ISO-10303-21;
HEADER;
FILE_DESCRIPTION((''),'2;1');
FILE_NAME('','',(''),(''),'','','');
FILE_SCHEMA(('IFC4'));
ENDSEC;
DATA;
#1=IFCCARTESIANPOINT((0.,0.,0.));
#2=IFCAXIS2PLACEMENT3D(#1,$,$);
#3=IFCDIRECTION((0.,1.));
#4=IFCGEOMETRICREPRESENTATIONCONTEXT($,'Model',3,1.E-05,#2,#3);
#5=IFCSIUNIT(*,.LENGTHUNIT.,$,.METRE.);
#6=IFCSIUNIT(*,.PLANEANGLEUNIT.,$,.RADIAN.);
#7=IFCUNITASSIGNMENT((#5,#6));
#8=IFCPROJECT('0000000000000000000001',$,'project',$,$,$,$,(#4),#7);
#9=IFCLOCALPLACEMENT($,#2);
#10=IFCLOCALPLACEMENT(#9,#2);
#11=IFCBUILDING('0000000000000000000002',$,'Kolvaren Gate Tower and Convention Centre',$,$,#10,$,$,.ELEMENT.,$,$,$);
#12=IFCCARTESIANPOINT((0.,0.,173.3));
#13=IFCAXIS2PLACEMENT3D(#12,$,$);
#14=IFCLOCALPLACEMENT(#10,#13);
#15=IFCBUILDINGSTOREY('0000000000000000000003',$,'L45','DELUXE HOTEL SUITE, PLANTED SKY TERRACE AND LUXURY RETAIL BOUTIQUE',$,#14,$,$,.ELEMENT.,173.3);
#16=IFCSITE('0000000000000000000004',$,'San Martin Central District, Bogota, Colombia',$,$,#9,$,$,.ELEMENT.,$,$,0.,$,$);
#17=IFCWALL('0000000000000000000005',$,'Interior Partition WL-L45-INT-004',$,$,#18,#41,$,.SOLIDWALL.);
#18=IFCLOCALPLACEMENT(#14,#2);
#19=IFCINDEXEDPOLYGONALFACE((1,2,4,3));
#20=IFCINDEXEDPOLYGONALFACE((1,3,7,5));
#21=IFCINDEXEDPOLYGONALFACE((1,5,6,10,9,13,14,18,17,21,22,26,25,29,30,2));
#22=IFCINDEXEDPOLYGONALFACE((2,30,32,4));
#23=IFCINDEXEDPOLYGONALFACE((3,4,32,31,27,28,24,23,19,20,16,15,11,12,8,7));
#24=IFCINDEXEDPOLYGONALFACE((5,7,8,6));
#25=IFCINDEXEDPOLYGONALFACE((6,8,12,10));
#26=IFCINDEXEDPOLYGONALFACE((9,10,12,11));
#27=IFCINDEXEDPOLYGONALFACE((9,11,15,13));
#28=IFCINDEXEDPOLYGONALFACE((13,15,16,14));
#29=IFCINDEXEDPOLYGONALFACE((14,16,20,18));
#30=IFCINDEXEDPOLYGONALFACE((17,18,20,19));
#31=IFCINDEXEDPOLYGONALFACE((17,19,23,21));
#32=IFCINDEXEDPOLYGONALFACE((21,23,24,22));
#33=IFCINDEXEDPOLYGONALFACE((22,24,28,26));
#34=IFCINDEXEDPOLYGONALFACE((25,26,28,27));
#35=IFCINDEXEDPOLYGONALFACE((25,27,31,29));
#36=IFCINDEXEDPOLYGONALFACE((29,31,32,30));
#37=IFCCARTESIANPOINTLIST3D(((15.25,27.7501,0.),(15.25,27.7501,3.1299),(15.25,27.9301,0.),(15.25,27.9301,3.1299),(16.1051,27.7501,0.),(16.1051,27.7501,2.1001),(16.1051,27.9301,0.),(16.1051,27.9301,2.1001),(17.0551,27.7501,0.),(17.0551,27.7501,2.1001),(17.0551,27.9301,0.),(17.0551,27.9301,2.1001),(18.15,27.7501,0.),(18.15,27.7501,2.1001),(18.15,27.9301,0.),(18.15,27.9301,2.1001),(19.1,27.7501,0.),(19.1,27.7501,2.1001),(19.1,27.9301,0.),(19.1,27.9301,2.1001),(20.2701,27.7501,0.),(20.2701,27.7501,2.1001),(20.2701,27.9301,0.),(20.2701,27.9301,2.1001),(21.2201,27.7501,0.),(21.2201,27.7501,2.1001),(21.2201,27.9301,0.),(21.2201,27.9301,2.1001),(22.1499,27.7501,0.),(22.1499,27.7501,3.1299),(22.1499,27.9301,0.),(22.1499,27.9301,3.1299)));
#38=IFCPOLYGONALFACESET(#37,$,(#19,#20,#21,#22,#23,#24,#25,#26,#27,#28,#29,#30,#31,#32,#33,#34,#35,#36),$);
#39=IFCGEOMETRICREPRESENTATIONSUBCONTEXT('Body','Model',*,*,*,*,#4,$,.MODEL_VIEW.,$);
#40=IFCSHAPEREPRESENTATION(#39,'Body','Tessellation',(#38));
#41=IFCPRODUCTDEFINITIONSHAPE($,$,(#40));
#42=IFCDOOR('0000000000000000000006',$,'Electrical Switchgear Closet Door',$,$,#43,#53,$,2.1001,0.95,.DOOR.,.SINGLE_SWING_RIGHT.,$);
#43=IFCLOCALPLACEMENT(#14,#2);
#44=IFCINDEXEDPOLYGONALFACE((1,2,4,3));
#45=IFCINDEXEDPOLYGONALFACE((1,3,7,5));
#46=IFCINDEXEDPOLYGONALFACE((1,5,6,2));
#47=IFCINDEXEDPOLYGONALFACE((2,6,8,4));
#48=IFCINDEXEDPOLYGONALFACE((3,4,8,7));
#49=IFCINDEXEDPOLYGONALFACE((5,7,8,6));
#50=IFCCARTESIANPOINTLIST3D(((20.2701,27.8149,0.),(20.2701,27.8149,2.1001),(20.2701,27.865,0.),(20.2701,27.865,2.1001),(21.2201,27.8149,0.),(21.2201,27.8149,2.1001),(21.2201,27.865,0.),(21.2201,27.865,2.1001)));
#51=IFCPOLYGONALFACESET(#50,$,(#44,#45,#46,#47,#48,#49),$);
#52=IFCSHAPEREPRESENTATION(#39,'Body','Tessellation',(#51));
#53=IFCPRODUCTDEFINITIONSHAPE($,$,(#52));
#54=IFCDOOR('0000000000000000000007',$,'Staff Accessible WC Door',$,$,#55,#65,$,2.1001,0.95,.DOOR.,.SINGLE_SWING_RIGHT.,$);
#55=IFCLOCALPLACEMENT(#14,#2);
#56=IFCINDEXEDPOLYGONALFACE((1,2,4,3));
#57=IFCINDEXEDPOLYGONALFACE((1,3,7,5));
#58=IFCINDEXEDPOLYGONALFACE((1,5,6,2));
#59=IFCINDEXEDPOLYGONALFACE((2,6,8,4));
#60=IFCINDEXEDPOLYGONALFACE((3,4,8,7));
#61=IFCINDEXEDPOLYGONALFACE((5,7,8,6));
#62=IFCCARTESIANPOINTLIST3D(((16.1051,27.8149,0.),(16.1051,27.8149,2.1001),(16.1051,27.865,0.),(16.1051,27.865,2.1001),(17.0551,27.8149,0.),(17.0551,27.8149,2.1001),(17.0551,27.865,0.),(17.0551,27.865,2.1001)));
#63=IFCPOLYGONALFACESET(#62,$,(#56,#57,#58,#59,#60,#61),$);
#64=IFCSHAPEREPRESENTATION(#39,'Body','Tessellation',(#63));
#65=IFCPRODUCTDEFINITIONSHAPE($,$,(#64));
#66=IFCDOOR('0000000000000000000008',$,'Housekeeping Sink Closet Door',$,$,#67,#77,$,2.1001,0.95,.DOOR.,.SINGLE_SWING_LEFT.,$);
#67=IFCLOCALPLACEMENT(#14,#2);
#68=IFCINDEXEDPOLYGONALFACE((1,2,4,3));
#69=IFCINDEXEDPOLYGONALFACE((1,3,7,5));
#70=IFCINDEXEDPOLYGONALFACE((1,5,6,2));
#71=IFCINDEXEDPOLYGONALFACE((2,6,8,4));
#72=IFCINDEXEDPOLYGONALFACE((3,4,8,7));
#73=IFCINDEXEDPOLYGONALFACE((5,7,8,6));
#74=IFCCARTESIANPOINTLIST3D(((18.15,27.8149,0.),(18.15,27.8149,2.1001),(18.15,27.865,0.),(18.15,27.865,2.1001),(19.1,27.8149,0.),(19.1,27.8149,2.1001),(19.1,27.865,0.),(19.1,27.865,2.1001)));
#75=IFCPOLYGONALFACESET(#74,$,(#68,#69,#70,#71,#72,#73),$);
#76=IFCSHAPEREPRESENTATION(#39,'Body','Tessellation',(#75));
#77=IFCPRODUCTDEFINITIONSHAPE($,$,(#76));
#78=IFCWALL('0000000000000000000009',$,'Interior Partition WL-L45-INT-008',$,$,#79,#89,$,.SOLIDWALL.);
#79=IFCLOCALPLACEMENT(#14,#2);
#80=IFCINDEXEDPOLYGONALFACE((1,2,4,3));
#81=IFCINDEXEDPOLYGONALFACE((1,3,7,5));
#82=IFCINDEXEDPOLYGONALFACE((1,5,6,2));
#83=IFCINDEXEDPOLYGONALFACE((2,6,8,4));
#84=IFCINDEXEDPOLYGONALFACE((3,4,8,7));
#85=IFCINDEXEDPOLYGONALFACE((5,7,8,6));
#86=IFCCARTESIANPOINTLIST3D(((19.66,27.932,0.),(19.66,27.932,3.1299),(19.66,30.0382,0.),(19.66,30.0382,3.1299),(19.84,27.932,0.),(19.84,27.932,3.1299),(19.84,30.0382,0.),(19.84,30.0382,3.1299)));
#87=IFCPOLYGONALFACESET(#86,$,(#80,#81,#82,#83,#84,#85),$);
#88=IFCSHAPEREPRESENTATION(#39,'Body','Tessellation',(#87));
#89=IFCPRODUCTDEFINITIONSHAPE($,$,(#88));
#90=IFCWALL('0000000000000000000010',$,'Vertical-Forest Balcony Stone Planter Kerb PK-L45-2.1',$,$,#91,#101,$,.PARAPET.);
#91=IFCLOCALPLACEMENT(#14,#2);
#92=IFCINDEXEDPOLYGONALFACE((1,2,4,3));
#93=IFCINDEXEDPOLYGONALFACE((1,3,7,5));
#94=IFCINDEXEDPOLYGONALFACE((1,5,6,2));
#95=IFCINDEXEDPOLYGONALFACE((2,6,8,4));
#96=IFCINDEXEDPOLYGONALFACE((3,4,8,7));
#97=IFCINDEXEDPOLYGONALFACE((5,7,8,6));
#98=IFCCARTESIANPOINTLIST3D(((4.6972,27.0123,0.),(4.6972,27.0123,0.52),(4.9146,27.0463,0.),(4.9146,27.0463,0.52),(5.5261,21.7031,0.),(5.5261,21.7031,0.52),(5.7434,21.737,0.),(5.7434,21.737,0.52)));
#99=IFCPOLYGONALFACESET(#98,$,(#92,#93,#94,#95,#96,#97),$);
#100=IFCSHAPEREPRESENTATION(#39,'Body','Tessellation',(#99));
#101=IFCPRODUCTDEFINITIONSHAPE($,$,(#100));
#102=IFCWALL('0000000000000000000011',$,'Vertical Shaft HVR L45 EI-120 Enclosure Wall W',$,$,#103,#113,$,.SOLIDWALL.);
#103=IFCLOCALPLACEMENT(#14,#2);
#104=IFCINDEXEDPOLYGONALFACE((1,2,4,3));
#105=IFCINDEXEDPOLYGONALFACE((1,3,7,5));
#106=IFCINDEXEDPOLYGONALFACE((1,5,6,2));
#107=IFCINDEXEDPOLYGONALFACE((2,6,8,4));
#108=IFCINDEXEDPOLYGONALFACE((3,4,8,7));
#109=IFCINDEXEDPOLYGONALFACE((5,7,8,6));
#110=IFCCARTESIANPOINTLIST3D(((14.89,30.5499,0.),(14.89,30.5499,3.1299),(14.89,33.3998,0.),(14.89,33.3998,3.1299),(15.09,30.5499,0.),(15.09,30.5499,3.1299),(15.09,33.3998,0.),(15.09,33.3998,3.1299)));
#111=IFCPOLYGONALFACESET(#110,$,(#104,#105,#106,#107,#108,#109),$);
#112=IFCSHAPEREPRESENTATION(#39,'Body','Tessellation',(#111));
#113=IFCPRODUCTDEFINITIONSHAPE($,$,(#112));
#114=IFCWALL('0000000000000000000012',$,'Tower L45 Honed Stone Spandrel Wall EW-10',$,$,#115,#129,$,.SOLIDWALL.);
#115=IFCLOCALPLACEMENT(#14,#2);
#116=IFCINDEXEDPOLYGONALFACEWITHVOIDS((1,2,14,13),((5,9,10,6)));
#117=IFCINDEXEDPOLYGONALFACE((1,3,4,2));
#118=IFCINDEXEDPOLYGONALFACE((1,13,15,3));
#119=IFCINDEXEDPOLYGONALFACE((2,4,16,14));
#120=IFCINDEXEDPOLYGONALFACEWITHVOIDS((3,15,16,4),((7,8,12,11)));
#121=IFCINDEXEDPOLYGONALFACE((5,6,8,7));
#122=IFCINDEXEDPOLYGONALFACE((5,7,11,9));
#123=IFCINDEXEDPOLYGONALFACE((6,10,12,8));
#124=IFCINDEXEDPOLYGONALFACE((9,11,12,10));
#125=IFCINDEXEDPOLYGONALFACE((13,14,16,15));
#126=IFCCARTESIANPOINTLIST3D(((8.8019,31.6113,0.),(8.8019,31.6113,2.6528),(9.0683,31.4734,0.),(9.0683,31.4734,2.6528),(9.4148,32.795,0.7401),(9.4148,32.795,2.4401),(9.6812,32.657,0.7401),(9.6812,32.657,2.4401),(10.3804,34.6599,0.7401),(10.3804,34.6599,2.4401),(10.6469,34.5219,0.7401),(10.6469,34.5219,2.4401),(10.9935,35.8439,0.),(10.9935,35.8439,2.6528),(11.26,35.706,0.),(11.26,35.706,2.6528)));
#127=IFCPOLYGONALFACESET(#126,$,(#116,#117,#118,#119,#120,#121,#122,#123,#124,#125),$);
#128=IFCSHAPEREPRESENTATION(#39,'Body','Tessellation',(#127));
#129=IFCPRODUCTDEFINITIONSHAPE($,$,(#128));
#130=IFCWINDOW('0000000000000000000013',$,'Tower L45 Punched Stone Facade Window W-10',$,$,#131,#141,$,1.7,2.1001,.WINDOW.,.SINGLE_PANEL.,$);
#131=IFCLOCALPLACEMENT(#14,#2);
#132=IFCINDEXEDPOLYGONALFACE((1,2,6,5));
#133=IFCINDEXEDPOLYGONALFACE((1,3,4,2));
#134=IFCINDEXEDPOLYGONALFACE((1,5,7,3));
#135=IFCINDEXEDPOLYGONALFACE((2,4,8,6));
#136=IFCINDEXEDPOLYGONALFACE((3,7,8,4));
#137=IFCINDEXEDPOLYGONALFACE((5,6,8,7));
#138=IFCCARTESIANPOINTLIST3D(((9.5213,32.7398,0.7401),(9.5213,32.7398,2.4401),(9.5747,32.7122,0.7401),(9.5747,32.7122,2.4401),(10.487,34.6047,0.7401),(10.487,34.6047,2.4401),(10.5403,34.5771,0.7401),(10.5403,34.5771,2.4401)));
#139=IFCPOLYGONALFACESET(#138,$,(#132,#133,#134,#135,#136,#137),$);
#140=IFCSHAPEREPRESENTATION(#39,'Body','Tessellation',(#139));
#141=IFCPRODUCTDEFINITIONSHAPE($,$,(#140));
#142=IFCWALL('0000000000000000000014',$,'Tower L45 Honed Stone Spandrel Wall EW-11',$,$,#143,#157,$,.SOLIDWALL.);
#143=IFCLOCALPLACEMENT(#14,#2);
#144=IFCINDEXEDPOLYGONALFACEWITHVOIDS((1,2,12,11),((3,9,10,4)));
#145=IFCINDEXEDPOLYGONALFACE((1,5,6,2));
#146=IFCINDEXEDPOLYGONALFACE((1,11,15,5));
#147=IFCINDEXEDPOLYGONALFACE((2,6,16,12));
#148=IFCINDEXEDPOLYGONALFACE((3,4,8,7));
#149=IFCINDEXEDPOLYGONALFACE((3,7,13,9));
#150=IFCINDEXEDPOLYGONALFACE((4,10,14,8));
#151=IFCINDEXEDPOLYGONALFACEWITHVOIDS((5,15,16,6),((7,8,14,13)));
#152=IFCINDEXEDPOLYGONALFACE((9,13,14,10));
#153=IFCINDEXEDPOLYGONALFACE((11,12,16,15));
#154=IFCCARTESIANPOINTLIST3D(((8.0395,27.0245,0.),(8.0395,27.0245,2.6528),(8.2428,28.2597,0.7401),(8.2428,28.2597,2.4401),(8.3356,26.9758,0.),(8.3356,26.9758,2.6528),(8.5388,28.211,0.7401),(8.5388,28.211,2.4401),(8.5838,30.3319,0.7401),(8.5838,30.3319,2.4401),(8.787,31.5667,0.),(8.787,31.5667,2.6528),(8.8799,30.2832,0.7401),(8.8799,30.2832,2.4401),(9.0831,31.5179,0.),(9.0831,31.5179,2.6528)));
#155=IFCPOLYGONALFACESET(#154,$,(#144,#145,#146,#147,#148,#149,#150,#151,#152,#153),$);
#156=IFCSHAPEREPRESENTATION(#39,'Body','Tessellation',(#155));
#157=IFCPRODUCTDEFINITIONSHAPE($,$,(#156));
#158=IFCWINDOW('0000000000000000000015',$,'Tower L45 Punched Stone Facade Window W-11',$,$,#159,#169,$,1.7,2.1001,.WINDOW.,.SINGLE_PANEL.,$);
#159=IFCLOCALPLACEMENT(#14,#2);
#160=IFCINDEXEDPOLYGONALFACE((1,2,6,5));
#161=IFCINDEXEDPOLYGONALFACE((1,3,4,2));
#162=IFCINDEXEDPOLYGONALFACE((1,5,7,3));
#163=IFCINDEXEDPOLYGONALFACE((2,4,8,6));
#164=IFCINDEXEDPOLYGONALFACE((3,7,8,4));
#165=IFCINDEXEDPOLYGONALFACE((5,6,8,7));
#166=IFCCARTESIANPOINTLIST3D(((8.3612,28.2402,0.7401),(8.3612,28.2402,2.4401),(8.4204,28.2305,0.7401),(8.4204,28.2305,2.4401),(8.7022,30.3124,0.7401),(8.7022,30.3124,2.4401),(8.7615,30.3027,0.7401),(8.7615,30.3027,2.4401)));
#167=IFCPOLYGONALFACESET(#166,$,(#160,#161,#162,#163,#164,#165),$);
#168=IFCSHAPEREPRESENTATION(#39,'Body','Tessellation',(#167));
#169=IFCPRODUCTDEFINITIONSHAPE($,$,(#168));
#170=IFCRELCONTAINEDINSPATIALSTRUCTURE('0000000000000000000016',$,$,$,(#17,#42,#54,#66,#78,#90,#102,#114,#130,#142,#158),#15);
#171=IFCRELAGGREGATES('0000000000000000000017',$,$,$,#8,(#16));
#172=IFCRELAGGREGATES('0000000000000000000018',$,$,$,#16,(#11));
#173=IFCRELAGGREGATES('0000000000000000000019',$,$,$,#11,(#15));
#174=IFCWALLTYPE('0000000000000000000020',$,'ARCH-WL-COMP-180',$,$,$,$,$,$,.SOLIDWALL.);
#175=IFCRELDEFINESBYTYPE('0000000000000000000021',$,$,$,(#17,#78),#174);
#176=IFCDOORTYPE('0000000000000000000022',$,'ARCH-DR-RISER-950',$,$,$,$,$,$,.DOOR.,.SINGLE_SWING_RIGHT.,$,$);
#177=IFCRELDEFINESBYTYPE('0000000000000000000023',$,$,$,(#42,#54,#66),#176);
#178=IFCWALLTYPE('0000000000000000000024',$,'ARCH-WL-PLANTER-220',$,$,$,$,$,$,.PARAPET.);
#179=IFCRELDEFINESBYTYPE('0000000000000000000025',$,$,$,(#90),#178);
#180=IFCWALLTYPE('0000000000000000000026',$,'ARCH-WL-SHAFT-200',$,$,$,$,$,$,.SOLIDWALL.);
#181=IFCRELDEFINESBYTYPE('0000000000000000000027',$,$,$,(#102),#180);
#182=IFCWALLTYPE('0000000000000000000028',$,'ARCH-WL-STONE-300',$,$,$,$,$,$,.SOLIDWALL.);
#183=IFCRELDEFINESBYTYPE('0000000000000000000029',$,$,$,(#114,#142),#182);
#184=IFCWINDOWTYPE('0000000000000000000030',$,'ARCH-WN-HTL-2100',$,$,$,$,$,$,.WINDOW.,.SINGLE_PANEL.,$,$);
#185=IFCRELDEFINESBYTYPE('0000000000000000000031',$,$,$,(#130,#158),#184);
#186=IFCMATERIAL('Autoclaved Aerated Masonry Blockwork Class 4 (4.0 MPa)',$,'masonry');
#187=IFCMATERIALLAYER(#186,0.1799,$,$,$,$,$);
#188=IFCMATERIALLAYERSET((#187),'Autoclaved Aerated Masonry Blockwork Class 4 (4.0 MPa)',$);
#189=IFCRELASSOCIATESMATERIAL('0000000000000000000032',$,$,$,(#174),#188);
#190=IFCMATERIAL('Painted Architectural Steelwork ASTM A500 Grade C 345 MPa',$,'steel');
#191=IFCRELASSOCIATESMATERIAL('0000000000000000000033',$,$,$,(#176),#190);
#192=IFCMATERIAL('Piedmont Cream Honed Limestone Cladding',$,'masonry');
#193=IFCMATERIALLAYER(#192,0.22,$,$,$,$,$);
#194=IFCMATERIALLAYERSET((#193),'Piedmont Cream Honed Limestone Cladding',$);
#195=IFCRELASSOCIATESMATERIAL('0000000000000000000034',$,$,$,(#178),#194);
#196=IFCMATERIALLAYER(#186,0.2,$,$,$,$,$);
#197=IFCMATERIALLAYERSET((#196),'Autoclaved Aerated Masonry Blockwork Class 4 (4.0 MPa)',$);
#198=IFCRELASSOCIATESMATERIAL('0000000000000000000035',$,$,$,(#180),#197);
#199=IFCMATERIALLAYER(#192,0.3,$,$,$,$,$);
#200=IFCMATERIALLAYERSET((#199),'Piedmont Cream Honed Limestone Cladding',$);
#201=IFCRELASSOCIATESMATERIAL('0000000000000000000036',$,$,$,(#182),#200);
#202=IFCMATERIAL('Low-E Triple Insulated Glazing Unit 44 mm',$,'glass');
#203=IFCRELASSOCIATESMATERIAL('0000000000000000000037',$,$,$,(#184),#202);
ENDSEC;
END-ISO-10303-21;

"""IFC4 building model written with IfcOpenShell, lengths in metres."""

from ifc_helpers import new_model, si_unit, direction, frame, frame_2d, origin, place, context, subcontext, project, spatial, rectangle, extrude, material, layer, layer_set, type_object, element, fill, save


model = new_model("IFC4")

# Units and contexts
model_context = context("Model", 3, precision=1e-05, world=origin(), true_north=direction((0.0, 1.0)))
body_context = subcontext(model_context, "Body", "Model", "MODEL_VIEW")
ifc_project = project(units=[si_unit("LENGTHUNIT", "METRE"), si_unit("PLANEANGLEUNIT", "RADIAN")], contexts=[model_context])

# Site, building, storey
site_placement = place(None, origin())
site = spatial("IfcSite", under=ifc_project, at=site_placement, Name="San Martin Central District, Bogota, Colombia", CompositionType="ELEMENT", RefElevation=0.0)
building_placement = place(site_placement, origin())
building = spatial("IfcBuilding", under=site, at=building_placement, Name="Kolvaren Gate Tower and Convention Centre", CompositionType="ELEMENT")
storey_placement = place(building_placement, frame((0.0, 0.0, 173.3)))
storey = spatial("IfcBuildingStorey", under=building, at=storey_placement, Name="L45", Description="DELUXE HOTEL SUITE, PLANTED SKY TERRACE AND LUXURY RETAIL BOUTIQUE", CompositionType="ELEMENT", Elevation=173.3)

# Wall, openings, doors
ifc_material_1 = material(Name="Autoclaved Aerated Masonry Blockwork Class 4 (4.0 MPa)", Category="masonry")
ifc_layer_1 = layer(ifc_material_1, 0.1799)
ifc_layer_set_1 = layer_set([ifc_layer_1], Name="Autoclaved Aerated Masonry Blockwork Class 4 (4.0 MPa)")
wall_type_1 = type_object("IfcWallType", Name="ARCH-WL-COMP-180", PredefinedType="SOLIDWALL", material=ifc_layer_set_1)
wall_1_placement = place(storey_placement, frame((15.25, 27.8401, 0.0), z_axis=(0.0, 0.0, 1.0), x_axis=(1.0, 0.0, 0.0)))
wall_1 = element("IfcWall", 1, at=wall_1_placement, inside=storey, type_object=wall_type_1, Name="Interior Partition WL-L45-INT-004", PredefinedType="SOLIDWALL", context=body_context, shape_type="SweptSolid", body=[
    extrude(rectangle(XDim=6.8999, YDim=0.1799, at=frame_2d((3.45, 0.0))), origin(), (0.0, 0.0, 1.0), 3.1299),
])
opening_1_placement = place(wall_1_placement, frame((5.02, 0.0, 0.0)))
opening_1 = element("IfcOpeningElement", 2, at=opening_1_placement, cuts=wall_1, PredefinedType="OPENING", context=body_context, shape_type="SweptSolid", body=[
    extrude(rectangle(XDim=0.95, YDim=2.1001, at=frame_2d((0.4751, 1.05))), frame((0.0, 0.0999, 0.0), z_axis=(0.0, -1.0, 0.0), x_axis=(1.0, 0.0, 0.0)), (0.0, 0.0, 1.0), 0.2),
])
opening_2_placement = place(wall_1_placement, frame((0.855, 0.0, 0.0)))
opening_2 = element("IfcOpeningElement", 3, at=opening_2_placement, cuts=wall_1, PredefinedType="OPENING", context=body_context, shape_type="SweptSolid", body=[
    extrude(rectangle(XDim=0.95, YDim=2.1001, at=frame_2d((0.4751, 1.05))), frame((0.0, 0.0999, 0.0), z_axis=(0.0, -1.0, 0.0), x_axis=(1.0, 0.0, 0.0)), (0.0, 0.0, 1.0), 0.2),
])
opening_3_placement = place(wall_1_placement, frame((2.8999, 0.0, 0.0)))
opening_3 = element("IfcOpeningElement", 4, at=opening_3_placement, cuts=wall_1, PredefinedType="OPENING", context=body_context, shape_type="SweptSolid", body=[
    extrude(rectangle(XDim=0.95, YDim=2.1001, at=frame_2d((0.4751, 1.05))), frame((0.0, 0.0999, 0.0), z_axis=(0.0, -1.0, 0.0), x_axis=(1.0, 0.0, 0.0)), (0.0, 0.0, 1.0), 0.2),
])
ifc_material_2 = material(Name="Painted Architectural Steelwork ASTM A500 Grade C 345 MPa", Category="steel")
door_type = type_object("IfcDoorType", Name="ARCH-DR-RISER-950", OperationType="SINGLE_SWING_RIGHT", PredefinedType="DOOR", material=ifc_material_2)
door_1_placement = place(opening_1_placement, origin())
door_1 = element("IfcDoor", 5, at=door_1_placement, inside=storey, type_object=door_type, Name="Electrical Switchgear Closet Door", OperationType="SINGLE_SWING_RIGHT", OverallHeight=2.1001, OverallWidth=0.95, PredefinedType="DOOR", context=body_context, shape_type="SweptSolid", body=[
    extrude(rectangle(XDim=0.95, YDim=2.1001, at=frame_2d((0.4751, 1.05))), frame((0.0, 0.0249, 0.0), z_axis=(0.0, -1.0, 0.0), x_axis=(1.0, 0.0, 0.0)), (0.0, 0.0, 1.0), 0.05),
])
fill(opening_1, door_1)
door_2_placement = place(opening_2_placement, origin())
door_2 = element("IfcDoor", 6, at=door_2_placement, inside=storey, type_object=door_type, Name="Staff Accessible WC Door", OperationType="SINGLE_SWING_RIGHT", OverallHeight=2.1001, OverallWidth=0.95, PredefinedType="DOOR", context=body_context, shape_type="SweptSolid", body=[
    extrude(rectangle(XDim=0.95, YDim=2.1001, at=frame_2d((0.4751, 1.05))), frame((0.0, 0.0249, 0.0), z_axis=(0.0, -1.0, 0.0), x_axis=(1.0, 0.0, 0.0)), (0.0, 0.0, 1.0), 0.05),
])
fill(opening_2, door_2)
door_3_placement = place(opening_3_placement, origin())
door_3 = element("IfcDoor", 7, at=door_3_placement, inside=storey, type_object=door_type, Name="Housekeeping Sink Closet Door", OperationType="SINGLE_SWING_LEFT", OverallHeight=2.1001, OverallWidth=0.95, PredefinedType="DOOR", context=body_context, shape_type="SweptSolid", body=[
    extrude(rectangle(XDim=0.95, YDim=2.1001, at=frame_2d((0.4751, 1.05))), frame((0.0, 0.0249, 0.0), z_axis=(0.0, -1.0, 0.0), x_axis=(1.0, 0.0, 0.0)), (0.0, 0.0, 1.0), 0.05),
])
fill(opening_3, door_3)

# Walls
wall_2_placement = place(storey_placement, frame((19.75, 27.9319, 0.0), z_axis=(0.0, 0.0, 1.0), x_axis=(0.0, 1.0, 0.0)))
element("IfcWall", 8, at=wall_2_placement, inside=storey, type_object=wall_type_1, Name="Interior Partition WL-L45-INT-008", PredefinedType="SOLIDWALL", context=body_context, shape_type="SweptSolid", body=[
    extrude(rectangle(XDim=2.1062, YDim=0.1799, at=frame_2d((1.0532, 0.0))), origin(), (0.0, 0.0, 1.0), 3.1299),
])
ifc_material_3 = material(Name="Piedmont Cream Honed Limestone Cladding", Category="masonry")
ifc_layer_2 = layer(ifc_material_3, 0.22)
ifc_layer_set_2 = layer_set([ifc_layer_2], Name="Piedmont Cream Honed Limestone Cladding")
wall_type_2 = type_object("IfcWallType", Name="ARCH-WL-PLANTER-220", PredefinedType="PARAPET", material=ifc_layer_set_2)
wall_3_placement = place(storey_placement, frame((4.8059, 27.0293, 0.0), z_axis=(0.0, 0.0, 1.0), x_axis=(0.154245, -0.988033, 0.0)))
element("IfcWall", 9, at=wall_3_placement, inside=storey, type_object=wall_type_2, Name="Vertical-Forest Balcony Stone Planter Kerb PK-L45-2.1", PredefinedType="PARAPET", context=body_context, shape_type="SweptSolid", body=[
    extrude(rectangle(XDim=5.3735, YDim=0.22, at=frame_2d((2.6868, 0.0))), origin(), (0.0, 0.0, 1.0), 0.52),
])
ifc_layer_3 = layer(ifc_material_1, 0.2)
ifc_layer_set_3 = layer_set([ifc_layer_3], Name="Autoclaved Aerated Masonry Blockwork Class 4 (4.0 MPa)")
wall_type_3 = type_object("IfcWallType", Name="ARCH-WL-SHAFT-200", PredefinedType="SOLIDWALL", material=ifc_layer_set_3)
wall_4_placement = place(storey_placement, frame((14.99, 30.55, 0.0), z_axis=(0.0, 0.0, 1.0), x_axis=(0.0, 1.0, 0.0)))
element("IfcWall", 10, at=wall_4_placement, inside=storey, type_object=wall_type_3, Name="Vertical Shaft HVR L45 EI-120 Enclosure Wall W", PredefinedType="SOLIDWALL", context=body_context, shape_type="SweptSolid", body=[
    extrude(rectangle(XDim=2.8499, YDim=0.2, at=frame_2d((1.4248, 0.0))), origin(), (0.0, 0.0, 1.0), 3.1299),
])

# Walls, openings, windows
ifc_layer_4 = layer(ifc_material_3, 0.3)
ifc_layer_set_4 = layer_set([ifc_layer_4], Name="Piedmont Cream Honed Limestone Cladding")
wall_type_4 = type_object("IfcWallType", Name="ARCH-WL-STONE-300", PredefinedType="SOLIDWALL", material=ifc_layer_set_4)
wall_5_placement = place(storey_placement, frame((8.9351, 31.5422, 0.0), z_axis=(0.0, 0.0, 1.0), x_axis=(0.45981, 0.888017, 0.0)))
wall_5 = element("IfcWall", 11, at=wall_5_placement, inside=storey, type_object=wall_type_4, Name="Tower L45 Honed Stone Spandrel Wall EW-10", PredefinedType="SOLIDWALL", context=body_context, shape_type="SweptSolid", body=[
    extrude(rectangle(XDim=4.7664, YDim=0.3, at=frame_2d((2.3833, 0.0))), origin(), (0.0, 0.0, 1.0), 2.6528),
])
opening_4_placement = place(wall_5_placement, frame((1.333, 0.0, 0.74)))
opening_4 = element("IfcOpeningElement", 12, at=opening_4_placement, cuts=wall_5, PredefinedType="OPENING", context=body_context, shape_type="SweptSolid", body=[
    extrude(rectangle(XDim=2.1001, YDim=1.7, at=frame_2d((1.05, 0.8501))), frame((0.0, 0.1599, 0.0), z_axis=(0.0, -1.0, 0.0), x_axis=(1.0, 0.0, 0.0)), (0.0, 0.0, 1.0), 0.3201),
])
ifc_material_4 = material(Name="Low-E Triple Insulated Glazing Unit 44 mm", Category="glass")
window_type = type_object("IfcWindowType", Name="ARCH-WN-HTL-2100", PartitioningType="SINGLE_PANEL", PredefinedType="WINDOW", material=ifc_material_4)
window_1_placement = place(opening_4_placement, origin())
window_1 = element("IfcWindow", 13, at=window_1_placement, inside=storey, type_object=window_type, Name="Tower L45 Punched Stone Facade Window W-10", OverallHeight=1.7, OverallWidth=2.1001, PartitioningType="SINGLE_PANEL", PredefinedType="WINDOW", context=body_context, shape_type="SweptSolid", body=[
    extrude(rectangle(XDim=2.1001, YDim=1.7, at=frame_2d((1.05, 0.8501))), frame((0.0, 0.03, 0.0), z_axis=(0.0, -1.0, 0.0), x_axis=(1.0, 0.0, 0.0)), (0.0, 0.0, 1.0), 0.0601),
])
fill(opening_4, window_1)
wall_6_placement = place(storey_placement, frame((8.1875, 27.0, 0.0), z_axis=(0.0, 0.0, 1.0), x_axis=(0.162395, 0.986726, 0.0)))
wall_6 = element("IfcWall", 14, at=wall_6_placement, inside=storey, type_object=wall_type_4, Name="Tower L45 Honed Stone Spandrel Wall EW-11", PredefinedType="SOLIDWALL", context=body_context, shape_type="SweptSolid", body=[
    extrude(rectangle(XDim=4.6033, YDim=0.3, at=frame_2d((2.3018, 0.0))), origin(), (0.0, 0.0, 1.0), 2.6528),
])
opening_5_placement = place(wall_6_placement, frame((1.252, 0.0, 0.74)))
opening_5 = element("IfcOpeningElement", 15, at=opening_5_placement, cuts=wall_6, PredefinedType="OPENING", context=body_context, shape_type="SweptSolid", body=[
    extrude(rectangle(XDim=2.1001, YDim=1.7, at=frame_2d((1.05, 0.8501))), frame((0.0, 0.1599, 0.0), z_axis=(0.0, -1.0, 0.0), x_axis=(1.0, 0.0, 0.0)), (0.0, 0.0, 1.0), 0.3201),
])
window_2_placement = place(opening_5_placement, origin())
window_2 = element("IfcWindow", 16, at=window_2_placement, inside=storey, type_object=window_type, Name="Tower L45 Punched Stone Facade Window W-11", OverallHeight=1.7, OverallWidth=2.1001, PartitioningType="SINGLE_PANEL", PredefinedType="WINDOW", context=body_context, shape_type="SweptSolid", body=[
    extrude(rectangle(XDim=2.1001, YDim=1.7, at=frame_2d((1.05, 0.8501))), frame((0.0, 0.03, 0.0), z_axis=(0.0, -1.0, 0.0), x_axis=(1.0, 0.0, 0.0)), (0.0, 0.0, 1.0), 0.0601),
])
fill(opening_5, window_2)

save(model, "model.ifc")
